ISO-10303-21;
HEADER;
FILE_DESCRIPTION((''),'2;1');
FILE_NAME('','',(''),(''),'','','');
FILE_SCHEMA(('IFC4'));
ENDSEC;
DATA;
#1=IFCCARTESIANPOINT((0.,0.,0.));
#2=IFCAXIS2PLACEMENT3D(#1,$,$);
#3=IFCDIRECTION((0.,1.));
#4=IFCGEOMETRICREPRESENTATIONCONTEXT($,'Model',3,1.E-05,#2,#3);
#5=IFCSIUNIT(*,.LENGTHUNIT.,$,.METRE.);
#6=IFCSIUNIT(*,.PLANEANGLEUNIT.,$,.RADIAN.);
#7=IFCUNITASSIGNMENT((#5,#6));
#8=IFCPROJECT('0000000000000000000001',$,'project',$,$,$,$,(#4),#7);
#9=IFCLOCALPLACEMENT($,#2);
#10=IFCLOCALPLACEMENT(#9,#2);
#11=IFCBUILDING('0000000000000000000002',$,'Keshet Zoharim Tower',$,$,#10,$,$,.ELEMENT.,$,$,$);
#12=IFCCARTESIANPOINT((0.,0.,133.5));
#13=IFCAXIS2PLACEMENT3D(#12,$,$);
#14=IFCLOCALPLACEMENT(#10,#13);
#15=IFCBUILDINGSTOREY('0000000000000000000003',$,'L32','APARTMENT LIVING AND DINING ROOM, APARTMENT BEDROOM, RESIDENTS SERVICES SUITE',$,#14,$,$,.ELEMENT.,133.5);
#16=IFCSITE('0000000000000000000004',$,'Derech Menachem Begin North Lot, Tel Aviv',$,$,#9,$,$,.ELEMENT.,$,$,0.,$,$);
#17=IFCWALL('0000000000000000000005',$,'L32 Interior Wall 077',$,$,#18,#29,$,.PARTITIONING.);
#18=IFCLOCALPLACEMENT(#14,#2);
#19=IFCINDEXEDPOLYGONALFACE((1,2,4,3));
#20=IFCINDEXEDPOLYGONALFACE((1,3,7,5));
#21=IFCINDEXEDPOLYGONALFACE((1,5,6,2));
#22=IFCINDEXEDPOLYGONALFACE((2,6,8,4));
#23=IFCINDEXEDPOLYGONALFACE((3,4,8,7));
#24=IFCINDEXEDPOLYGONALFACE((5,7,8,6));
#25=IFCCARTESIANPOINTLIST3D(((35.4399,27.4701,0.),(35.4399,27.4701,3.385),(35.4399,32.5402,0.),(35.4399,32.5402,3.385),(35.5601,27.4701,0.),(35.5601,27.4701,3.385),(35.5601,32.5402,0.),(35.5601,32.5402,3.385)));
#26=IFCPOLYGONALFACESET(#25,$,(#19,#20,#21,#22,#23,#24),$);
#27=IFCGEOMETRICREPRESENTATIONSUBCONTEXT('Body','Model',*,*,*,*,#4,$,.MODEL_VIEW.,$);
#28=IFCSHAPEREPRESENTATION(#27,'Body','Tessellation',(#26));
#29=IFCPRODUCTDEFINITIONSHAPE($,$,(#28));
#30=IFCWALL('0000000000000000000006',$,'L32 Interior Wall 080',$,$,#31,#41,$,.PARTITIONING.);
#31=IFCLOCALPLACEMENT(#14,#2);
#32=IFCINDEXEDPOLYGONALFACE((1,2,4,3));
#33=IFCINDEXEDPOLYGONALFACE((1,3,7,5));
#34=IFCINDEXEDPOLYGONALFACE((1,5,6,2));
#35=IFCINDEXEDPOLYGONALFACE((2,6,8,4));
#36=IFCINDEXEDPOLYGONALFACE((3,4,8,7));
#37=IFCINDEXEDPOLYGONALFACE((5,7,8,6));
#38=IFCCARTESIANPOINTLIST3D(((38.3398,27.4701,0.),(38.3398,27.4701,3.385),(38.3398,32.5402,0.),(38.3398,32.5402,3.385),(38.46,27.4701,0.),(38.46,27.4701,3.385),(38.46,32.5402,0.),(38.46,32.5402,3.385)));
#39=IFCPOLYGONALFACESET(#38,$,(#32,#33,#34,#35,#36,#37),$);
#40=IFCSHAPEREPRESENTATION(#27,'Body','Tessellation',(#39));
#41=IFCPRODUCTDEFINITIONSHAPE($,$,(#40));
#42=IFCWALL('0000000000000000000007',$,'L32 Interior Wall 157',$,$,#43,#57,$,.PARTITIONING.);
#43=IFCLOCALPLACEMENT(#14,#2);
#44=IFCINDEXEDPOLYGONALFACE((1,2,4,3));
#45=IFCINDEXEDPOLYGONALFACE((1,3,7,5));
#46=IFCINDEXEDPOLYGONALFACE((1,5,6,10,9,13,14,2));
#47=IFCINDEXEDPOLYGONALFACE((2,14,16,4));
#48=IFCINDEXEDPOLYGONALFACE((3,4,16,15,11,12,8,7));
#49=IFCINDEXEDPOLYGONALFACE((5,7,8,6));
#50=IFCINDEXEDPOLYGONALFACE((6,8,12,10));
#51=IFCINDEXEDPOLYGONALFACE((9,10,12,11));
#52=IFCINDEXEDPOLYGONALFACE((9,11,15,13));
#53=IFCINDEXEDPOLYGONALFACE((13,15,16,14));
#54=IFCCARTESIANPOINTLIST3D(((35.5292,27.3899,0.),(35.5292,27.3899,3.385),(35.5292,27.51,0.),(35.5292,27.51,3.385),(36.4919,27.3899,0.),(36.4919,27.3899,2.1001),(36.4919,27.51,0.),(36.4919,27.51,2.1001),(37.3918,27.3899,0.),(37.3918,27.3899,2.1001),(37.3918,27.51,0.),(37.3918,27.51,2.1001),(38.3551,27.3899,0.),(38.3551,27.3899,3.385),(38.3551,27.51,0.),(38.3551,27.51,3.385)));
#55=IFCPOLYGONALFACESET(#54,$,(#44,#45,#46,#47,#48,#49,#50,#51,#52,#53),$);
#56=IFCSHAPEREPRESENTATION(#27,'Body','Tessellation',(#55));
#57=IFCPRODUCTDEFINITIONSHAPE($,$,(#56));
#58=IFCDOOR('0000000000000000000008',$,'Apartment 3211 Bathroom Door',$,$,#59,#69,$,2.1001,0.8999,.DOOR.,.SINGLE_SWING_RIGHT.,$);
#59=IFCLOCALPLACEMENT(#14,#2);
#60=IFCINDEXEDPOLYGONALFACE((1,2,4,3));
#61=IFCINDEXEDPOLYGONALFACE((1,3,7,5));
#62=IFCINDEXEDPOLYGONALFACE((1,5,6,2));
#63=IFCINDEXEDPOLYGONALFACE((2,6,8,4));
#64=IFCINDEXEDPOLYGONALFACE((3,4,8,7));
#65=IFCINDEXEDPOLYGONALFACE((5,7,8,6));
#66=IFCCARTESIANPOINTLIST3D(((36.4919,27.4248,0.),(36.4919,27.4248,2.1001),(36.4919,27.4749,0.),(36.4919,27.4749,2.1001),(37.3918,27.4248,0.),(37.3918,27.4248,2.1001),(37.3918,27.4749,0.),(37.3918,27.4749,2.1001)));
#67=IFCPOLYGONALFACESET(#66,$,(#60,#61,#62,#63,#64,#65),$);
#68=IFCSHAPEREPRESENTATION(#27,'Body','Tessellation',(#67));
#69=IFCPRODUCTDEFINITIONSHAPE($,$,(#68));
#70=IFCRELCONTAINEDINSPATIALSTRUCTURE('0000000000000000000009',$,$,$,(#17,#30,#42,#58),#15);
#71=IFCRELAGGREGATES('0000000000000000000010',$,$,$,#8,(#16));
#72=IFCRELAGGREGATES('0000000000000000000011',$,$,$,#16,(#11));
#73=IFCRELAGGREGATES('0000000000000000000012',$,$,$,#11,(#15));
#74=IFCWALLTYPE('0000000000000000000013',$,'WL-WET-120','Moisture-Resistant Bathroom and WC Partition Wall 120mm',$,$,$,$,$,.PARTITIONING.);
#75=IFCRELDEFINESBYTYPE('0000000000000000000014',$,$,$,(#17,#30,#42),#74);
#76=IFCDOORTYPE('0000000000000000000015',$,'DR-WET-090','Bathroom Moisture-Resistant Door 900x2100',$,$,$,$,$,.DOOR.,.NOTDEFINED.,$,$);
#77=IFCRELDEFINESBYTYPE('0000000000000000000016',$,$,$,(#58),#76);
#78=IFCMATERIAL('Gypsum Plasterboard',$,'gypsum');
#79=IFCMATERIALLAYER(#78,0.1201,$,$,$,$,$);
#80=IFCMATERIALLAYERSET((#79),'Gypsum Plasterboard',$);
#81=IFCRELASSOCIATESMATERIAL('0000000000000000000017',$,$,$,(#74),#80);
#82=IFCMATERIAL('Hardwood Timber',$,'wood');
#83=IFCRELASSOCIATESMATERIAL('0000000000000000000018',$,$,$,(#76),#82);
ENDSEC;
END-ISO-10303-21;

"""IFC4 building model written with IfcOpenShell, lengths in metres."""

from ifc_helpers import new_model, si_unit, direction, frame, frame_2d, origin, place, context, subcontext, project, spatial, rectangle, extrude, material, layer, layer_set, type_object, element, fill, save


model = new_model("IFC4")

# Units and contexts
model_context = context("Model", 3, precision=1e-05, world=origin(), true_north=direction((0.0, 1.0)))
body_context = subcontext(model_context, "Body", "Model", "MODEL_VIEW")
ifc_project = project(units=[si_unit("LENGTHUNIT", "METRE"), si_unit("PLANEANGLEUNIT", "RADIAN")], contexts=[model_context])

# Site, building, storey
site_placement = place(None, origin())
site = spatial("IfcSite", under=ifc_project, at=site_placement, Name="Derech Menachem Begin North Lot, Tel Aviv", CompositionType="ELEMENT", RefElevation=0.0)
building_placement = place(site_placement, origin())
building = spatial("IfcBuilding", under=site, at=building_placement, Name="Keshet Zoharim Tower", CompositionType="ELEMENT")
storey_placement = place(building_placement, frame((0.0, 0.0, 133.5)))
storey = spatial("IfcBuildingStorey", under=building, at=storey_placement, Name="L32", Description="APARTMENT LIVING AND DINING ROOM, APARTMENT BEDROOM, RESIDENTS SERVICES SUITE", CompositionType="ELEMENT", Elevation=133.5)

# Shared definitions
ifc_material_1 = material(Name="Gypsum Plasterboard", Category="gypsum")
ifc_material_2 = material(Name="Hardwood Timber", Category="wood")

# Walls
ifc_layer_1 = layer(ifc_material_1, 0.1201)
ifc_layer_set_1 = layer_set([ifc_layer_1], Name="Gypsum Plasterboard")
wall_type_1 = type_object("IfcWallType", Name="WL-WET-120", Description="Moisture-Resistant Bathroom and WC Partition Wall 120mm", PredefinedType="PARTITIONING", material=ifc_layer_set_1)
for number, where, z_axis, x_axis, name in (
    (1, (35.5, 27.47, 0.0), (0.0, 0.0, 1.0), (0.0, 1.0, 0.0), "L32 Interior Wall 077"),
    (2, (38.3999, 27.47, 0.0), (0.0, 0.0, 1.0), (0.0, 1.0, 0.0), "L32 Interior Wall 080"),
):
    element("IfcWall", number, at=place(storey_placement, frame(where, z_axis=z_axis, x_axis=x_axis)), inside=storey, type_object=wall_type_1, Name=name, PredefinedType="PARTITIONING", context=body_context, shape_type="SweptSolid", body=[
        extrude(rectangle(XDim=5.0701, YDim=0.1201, at=frame_2d((2.5352, 0.0))), origin(), (0.0, 0.0, 1.0), 3.385),
    ])

# Wall, opening, door
wall_1_placement = place(storey_placement, frame((35.5291, 27.45, 0.0), z_axis=(0.0, 0.0, 1.0), x_axis=(1.0, 0.0, 0.0)))
wall_1 = element("IfcWall", 3, at=wall_1_placement, inside=storey, type_object=wall_type_1, Name="L32 Interior Wall 157", PredefinedType="PARTITIONING", context=body_context, shape_type="SweptSolid", body=[
    extrude(rectangle(XDim=2.8259, YDim=0.1201, at=frame_2d((1.4131, 0.0))), origin(), (0.0, 0.0, 1.0), 3.385),
])
opening_1_placement = place(wall_1_placement, frame((0.9629, 0.0, 0.0)))
opening_1 = element("IfcOpeningElement", 4, at=opening_1_placement, cuts=wall_1, PredefinedType="OPENING", context=body_context, shape_type="SweptSolid", body=[
    extrude(rectangle(XDim=0.8999, YDim=2.1001, at=frame_2d((0.45, 1.05))), frame((0.0, 0.0701, 0.0), z_axis=(0.0, -1.0, 0.0), x_axis=(1.0, 0.0, 0.0)), (0.0, 0.0, 1.0), 0.1401),
])
door_type_1 = type_object("IfcDoorType", Name="DR-WET-090", Description="Bathroom Moisture-Resistant Door 900x2100", OperationType="NOTDEFINED", PredefinedType="DOOR", material=ifc_material_2)
door_1_placement = place(opening_1_placement, origin())
door_1 = element("IfcDoor", 5, at=door_1_placement, inside=storey, type_object=door_type_1, Name="Apartment 3211 Bathroom Door", OperationType="SINGLE_SWING_RIGHT", OverallHeight=2.1001, OverallWidth=0.8999, PredefinedType="DOOR", context=body_context, shape_type="SweptSolid", body=[
    extrude(rectangle(XDim=0.8999, YDim=2.1001, at=frame_2d((0.45, 1.05))), frame((0.0, 0.0249, 0.0), z_axis=(0.0, -1.0, 0.0), x_axis=(1.0, 0.0, 0.0)), (0.0, 0.0, 1.0), 0.05),
])
fill(opening_1, door_1)

save(model, "model.ifc")
